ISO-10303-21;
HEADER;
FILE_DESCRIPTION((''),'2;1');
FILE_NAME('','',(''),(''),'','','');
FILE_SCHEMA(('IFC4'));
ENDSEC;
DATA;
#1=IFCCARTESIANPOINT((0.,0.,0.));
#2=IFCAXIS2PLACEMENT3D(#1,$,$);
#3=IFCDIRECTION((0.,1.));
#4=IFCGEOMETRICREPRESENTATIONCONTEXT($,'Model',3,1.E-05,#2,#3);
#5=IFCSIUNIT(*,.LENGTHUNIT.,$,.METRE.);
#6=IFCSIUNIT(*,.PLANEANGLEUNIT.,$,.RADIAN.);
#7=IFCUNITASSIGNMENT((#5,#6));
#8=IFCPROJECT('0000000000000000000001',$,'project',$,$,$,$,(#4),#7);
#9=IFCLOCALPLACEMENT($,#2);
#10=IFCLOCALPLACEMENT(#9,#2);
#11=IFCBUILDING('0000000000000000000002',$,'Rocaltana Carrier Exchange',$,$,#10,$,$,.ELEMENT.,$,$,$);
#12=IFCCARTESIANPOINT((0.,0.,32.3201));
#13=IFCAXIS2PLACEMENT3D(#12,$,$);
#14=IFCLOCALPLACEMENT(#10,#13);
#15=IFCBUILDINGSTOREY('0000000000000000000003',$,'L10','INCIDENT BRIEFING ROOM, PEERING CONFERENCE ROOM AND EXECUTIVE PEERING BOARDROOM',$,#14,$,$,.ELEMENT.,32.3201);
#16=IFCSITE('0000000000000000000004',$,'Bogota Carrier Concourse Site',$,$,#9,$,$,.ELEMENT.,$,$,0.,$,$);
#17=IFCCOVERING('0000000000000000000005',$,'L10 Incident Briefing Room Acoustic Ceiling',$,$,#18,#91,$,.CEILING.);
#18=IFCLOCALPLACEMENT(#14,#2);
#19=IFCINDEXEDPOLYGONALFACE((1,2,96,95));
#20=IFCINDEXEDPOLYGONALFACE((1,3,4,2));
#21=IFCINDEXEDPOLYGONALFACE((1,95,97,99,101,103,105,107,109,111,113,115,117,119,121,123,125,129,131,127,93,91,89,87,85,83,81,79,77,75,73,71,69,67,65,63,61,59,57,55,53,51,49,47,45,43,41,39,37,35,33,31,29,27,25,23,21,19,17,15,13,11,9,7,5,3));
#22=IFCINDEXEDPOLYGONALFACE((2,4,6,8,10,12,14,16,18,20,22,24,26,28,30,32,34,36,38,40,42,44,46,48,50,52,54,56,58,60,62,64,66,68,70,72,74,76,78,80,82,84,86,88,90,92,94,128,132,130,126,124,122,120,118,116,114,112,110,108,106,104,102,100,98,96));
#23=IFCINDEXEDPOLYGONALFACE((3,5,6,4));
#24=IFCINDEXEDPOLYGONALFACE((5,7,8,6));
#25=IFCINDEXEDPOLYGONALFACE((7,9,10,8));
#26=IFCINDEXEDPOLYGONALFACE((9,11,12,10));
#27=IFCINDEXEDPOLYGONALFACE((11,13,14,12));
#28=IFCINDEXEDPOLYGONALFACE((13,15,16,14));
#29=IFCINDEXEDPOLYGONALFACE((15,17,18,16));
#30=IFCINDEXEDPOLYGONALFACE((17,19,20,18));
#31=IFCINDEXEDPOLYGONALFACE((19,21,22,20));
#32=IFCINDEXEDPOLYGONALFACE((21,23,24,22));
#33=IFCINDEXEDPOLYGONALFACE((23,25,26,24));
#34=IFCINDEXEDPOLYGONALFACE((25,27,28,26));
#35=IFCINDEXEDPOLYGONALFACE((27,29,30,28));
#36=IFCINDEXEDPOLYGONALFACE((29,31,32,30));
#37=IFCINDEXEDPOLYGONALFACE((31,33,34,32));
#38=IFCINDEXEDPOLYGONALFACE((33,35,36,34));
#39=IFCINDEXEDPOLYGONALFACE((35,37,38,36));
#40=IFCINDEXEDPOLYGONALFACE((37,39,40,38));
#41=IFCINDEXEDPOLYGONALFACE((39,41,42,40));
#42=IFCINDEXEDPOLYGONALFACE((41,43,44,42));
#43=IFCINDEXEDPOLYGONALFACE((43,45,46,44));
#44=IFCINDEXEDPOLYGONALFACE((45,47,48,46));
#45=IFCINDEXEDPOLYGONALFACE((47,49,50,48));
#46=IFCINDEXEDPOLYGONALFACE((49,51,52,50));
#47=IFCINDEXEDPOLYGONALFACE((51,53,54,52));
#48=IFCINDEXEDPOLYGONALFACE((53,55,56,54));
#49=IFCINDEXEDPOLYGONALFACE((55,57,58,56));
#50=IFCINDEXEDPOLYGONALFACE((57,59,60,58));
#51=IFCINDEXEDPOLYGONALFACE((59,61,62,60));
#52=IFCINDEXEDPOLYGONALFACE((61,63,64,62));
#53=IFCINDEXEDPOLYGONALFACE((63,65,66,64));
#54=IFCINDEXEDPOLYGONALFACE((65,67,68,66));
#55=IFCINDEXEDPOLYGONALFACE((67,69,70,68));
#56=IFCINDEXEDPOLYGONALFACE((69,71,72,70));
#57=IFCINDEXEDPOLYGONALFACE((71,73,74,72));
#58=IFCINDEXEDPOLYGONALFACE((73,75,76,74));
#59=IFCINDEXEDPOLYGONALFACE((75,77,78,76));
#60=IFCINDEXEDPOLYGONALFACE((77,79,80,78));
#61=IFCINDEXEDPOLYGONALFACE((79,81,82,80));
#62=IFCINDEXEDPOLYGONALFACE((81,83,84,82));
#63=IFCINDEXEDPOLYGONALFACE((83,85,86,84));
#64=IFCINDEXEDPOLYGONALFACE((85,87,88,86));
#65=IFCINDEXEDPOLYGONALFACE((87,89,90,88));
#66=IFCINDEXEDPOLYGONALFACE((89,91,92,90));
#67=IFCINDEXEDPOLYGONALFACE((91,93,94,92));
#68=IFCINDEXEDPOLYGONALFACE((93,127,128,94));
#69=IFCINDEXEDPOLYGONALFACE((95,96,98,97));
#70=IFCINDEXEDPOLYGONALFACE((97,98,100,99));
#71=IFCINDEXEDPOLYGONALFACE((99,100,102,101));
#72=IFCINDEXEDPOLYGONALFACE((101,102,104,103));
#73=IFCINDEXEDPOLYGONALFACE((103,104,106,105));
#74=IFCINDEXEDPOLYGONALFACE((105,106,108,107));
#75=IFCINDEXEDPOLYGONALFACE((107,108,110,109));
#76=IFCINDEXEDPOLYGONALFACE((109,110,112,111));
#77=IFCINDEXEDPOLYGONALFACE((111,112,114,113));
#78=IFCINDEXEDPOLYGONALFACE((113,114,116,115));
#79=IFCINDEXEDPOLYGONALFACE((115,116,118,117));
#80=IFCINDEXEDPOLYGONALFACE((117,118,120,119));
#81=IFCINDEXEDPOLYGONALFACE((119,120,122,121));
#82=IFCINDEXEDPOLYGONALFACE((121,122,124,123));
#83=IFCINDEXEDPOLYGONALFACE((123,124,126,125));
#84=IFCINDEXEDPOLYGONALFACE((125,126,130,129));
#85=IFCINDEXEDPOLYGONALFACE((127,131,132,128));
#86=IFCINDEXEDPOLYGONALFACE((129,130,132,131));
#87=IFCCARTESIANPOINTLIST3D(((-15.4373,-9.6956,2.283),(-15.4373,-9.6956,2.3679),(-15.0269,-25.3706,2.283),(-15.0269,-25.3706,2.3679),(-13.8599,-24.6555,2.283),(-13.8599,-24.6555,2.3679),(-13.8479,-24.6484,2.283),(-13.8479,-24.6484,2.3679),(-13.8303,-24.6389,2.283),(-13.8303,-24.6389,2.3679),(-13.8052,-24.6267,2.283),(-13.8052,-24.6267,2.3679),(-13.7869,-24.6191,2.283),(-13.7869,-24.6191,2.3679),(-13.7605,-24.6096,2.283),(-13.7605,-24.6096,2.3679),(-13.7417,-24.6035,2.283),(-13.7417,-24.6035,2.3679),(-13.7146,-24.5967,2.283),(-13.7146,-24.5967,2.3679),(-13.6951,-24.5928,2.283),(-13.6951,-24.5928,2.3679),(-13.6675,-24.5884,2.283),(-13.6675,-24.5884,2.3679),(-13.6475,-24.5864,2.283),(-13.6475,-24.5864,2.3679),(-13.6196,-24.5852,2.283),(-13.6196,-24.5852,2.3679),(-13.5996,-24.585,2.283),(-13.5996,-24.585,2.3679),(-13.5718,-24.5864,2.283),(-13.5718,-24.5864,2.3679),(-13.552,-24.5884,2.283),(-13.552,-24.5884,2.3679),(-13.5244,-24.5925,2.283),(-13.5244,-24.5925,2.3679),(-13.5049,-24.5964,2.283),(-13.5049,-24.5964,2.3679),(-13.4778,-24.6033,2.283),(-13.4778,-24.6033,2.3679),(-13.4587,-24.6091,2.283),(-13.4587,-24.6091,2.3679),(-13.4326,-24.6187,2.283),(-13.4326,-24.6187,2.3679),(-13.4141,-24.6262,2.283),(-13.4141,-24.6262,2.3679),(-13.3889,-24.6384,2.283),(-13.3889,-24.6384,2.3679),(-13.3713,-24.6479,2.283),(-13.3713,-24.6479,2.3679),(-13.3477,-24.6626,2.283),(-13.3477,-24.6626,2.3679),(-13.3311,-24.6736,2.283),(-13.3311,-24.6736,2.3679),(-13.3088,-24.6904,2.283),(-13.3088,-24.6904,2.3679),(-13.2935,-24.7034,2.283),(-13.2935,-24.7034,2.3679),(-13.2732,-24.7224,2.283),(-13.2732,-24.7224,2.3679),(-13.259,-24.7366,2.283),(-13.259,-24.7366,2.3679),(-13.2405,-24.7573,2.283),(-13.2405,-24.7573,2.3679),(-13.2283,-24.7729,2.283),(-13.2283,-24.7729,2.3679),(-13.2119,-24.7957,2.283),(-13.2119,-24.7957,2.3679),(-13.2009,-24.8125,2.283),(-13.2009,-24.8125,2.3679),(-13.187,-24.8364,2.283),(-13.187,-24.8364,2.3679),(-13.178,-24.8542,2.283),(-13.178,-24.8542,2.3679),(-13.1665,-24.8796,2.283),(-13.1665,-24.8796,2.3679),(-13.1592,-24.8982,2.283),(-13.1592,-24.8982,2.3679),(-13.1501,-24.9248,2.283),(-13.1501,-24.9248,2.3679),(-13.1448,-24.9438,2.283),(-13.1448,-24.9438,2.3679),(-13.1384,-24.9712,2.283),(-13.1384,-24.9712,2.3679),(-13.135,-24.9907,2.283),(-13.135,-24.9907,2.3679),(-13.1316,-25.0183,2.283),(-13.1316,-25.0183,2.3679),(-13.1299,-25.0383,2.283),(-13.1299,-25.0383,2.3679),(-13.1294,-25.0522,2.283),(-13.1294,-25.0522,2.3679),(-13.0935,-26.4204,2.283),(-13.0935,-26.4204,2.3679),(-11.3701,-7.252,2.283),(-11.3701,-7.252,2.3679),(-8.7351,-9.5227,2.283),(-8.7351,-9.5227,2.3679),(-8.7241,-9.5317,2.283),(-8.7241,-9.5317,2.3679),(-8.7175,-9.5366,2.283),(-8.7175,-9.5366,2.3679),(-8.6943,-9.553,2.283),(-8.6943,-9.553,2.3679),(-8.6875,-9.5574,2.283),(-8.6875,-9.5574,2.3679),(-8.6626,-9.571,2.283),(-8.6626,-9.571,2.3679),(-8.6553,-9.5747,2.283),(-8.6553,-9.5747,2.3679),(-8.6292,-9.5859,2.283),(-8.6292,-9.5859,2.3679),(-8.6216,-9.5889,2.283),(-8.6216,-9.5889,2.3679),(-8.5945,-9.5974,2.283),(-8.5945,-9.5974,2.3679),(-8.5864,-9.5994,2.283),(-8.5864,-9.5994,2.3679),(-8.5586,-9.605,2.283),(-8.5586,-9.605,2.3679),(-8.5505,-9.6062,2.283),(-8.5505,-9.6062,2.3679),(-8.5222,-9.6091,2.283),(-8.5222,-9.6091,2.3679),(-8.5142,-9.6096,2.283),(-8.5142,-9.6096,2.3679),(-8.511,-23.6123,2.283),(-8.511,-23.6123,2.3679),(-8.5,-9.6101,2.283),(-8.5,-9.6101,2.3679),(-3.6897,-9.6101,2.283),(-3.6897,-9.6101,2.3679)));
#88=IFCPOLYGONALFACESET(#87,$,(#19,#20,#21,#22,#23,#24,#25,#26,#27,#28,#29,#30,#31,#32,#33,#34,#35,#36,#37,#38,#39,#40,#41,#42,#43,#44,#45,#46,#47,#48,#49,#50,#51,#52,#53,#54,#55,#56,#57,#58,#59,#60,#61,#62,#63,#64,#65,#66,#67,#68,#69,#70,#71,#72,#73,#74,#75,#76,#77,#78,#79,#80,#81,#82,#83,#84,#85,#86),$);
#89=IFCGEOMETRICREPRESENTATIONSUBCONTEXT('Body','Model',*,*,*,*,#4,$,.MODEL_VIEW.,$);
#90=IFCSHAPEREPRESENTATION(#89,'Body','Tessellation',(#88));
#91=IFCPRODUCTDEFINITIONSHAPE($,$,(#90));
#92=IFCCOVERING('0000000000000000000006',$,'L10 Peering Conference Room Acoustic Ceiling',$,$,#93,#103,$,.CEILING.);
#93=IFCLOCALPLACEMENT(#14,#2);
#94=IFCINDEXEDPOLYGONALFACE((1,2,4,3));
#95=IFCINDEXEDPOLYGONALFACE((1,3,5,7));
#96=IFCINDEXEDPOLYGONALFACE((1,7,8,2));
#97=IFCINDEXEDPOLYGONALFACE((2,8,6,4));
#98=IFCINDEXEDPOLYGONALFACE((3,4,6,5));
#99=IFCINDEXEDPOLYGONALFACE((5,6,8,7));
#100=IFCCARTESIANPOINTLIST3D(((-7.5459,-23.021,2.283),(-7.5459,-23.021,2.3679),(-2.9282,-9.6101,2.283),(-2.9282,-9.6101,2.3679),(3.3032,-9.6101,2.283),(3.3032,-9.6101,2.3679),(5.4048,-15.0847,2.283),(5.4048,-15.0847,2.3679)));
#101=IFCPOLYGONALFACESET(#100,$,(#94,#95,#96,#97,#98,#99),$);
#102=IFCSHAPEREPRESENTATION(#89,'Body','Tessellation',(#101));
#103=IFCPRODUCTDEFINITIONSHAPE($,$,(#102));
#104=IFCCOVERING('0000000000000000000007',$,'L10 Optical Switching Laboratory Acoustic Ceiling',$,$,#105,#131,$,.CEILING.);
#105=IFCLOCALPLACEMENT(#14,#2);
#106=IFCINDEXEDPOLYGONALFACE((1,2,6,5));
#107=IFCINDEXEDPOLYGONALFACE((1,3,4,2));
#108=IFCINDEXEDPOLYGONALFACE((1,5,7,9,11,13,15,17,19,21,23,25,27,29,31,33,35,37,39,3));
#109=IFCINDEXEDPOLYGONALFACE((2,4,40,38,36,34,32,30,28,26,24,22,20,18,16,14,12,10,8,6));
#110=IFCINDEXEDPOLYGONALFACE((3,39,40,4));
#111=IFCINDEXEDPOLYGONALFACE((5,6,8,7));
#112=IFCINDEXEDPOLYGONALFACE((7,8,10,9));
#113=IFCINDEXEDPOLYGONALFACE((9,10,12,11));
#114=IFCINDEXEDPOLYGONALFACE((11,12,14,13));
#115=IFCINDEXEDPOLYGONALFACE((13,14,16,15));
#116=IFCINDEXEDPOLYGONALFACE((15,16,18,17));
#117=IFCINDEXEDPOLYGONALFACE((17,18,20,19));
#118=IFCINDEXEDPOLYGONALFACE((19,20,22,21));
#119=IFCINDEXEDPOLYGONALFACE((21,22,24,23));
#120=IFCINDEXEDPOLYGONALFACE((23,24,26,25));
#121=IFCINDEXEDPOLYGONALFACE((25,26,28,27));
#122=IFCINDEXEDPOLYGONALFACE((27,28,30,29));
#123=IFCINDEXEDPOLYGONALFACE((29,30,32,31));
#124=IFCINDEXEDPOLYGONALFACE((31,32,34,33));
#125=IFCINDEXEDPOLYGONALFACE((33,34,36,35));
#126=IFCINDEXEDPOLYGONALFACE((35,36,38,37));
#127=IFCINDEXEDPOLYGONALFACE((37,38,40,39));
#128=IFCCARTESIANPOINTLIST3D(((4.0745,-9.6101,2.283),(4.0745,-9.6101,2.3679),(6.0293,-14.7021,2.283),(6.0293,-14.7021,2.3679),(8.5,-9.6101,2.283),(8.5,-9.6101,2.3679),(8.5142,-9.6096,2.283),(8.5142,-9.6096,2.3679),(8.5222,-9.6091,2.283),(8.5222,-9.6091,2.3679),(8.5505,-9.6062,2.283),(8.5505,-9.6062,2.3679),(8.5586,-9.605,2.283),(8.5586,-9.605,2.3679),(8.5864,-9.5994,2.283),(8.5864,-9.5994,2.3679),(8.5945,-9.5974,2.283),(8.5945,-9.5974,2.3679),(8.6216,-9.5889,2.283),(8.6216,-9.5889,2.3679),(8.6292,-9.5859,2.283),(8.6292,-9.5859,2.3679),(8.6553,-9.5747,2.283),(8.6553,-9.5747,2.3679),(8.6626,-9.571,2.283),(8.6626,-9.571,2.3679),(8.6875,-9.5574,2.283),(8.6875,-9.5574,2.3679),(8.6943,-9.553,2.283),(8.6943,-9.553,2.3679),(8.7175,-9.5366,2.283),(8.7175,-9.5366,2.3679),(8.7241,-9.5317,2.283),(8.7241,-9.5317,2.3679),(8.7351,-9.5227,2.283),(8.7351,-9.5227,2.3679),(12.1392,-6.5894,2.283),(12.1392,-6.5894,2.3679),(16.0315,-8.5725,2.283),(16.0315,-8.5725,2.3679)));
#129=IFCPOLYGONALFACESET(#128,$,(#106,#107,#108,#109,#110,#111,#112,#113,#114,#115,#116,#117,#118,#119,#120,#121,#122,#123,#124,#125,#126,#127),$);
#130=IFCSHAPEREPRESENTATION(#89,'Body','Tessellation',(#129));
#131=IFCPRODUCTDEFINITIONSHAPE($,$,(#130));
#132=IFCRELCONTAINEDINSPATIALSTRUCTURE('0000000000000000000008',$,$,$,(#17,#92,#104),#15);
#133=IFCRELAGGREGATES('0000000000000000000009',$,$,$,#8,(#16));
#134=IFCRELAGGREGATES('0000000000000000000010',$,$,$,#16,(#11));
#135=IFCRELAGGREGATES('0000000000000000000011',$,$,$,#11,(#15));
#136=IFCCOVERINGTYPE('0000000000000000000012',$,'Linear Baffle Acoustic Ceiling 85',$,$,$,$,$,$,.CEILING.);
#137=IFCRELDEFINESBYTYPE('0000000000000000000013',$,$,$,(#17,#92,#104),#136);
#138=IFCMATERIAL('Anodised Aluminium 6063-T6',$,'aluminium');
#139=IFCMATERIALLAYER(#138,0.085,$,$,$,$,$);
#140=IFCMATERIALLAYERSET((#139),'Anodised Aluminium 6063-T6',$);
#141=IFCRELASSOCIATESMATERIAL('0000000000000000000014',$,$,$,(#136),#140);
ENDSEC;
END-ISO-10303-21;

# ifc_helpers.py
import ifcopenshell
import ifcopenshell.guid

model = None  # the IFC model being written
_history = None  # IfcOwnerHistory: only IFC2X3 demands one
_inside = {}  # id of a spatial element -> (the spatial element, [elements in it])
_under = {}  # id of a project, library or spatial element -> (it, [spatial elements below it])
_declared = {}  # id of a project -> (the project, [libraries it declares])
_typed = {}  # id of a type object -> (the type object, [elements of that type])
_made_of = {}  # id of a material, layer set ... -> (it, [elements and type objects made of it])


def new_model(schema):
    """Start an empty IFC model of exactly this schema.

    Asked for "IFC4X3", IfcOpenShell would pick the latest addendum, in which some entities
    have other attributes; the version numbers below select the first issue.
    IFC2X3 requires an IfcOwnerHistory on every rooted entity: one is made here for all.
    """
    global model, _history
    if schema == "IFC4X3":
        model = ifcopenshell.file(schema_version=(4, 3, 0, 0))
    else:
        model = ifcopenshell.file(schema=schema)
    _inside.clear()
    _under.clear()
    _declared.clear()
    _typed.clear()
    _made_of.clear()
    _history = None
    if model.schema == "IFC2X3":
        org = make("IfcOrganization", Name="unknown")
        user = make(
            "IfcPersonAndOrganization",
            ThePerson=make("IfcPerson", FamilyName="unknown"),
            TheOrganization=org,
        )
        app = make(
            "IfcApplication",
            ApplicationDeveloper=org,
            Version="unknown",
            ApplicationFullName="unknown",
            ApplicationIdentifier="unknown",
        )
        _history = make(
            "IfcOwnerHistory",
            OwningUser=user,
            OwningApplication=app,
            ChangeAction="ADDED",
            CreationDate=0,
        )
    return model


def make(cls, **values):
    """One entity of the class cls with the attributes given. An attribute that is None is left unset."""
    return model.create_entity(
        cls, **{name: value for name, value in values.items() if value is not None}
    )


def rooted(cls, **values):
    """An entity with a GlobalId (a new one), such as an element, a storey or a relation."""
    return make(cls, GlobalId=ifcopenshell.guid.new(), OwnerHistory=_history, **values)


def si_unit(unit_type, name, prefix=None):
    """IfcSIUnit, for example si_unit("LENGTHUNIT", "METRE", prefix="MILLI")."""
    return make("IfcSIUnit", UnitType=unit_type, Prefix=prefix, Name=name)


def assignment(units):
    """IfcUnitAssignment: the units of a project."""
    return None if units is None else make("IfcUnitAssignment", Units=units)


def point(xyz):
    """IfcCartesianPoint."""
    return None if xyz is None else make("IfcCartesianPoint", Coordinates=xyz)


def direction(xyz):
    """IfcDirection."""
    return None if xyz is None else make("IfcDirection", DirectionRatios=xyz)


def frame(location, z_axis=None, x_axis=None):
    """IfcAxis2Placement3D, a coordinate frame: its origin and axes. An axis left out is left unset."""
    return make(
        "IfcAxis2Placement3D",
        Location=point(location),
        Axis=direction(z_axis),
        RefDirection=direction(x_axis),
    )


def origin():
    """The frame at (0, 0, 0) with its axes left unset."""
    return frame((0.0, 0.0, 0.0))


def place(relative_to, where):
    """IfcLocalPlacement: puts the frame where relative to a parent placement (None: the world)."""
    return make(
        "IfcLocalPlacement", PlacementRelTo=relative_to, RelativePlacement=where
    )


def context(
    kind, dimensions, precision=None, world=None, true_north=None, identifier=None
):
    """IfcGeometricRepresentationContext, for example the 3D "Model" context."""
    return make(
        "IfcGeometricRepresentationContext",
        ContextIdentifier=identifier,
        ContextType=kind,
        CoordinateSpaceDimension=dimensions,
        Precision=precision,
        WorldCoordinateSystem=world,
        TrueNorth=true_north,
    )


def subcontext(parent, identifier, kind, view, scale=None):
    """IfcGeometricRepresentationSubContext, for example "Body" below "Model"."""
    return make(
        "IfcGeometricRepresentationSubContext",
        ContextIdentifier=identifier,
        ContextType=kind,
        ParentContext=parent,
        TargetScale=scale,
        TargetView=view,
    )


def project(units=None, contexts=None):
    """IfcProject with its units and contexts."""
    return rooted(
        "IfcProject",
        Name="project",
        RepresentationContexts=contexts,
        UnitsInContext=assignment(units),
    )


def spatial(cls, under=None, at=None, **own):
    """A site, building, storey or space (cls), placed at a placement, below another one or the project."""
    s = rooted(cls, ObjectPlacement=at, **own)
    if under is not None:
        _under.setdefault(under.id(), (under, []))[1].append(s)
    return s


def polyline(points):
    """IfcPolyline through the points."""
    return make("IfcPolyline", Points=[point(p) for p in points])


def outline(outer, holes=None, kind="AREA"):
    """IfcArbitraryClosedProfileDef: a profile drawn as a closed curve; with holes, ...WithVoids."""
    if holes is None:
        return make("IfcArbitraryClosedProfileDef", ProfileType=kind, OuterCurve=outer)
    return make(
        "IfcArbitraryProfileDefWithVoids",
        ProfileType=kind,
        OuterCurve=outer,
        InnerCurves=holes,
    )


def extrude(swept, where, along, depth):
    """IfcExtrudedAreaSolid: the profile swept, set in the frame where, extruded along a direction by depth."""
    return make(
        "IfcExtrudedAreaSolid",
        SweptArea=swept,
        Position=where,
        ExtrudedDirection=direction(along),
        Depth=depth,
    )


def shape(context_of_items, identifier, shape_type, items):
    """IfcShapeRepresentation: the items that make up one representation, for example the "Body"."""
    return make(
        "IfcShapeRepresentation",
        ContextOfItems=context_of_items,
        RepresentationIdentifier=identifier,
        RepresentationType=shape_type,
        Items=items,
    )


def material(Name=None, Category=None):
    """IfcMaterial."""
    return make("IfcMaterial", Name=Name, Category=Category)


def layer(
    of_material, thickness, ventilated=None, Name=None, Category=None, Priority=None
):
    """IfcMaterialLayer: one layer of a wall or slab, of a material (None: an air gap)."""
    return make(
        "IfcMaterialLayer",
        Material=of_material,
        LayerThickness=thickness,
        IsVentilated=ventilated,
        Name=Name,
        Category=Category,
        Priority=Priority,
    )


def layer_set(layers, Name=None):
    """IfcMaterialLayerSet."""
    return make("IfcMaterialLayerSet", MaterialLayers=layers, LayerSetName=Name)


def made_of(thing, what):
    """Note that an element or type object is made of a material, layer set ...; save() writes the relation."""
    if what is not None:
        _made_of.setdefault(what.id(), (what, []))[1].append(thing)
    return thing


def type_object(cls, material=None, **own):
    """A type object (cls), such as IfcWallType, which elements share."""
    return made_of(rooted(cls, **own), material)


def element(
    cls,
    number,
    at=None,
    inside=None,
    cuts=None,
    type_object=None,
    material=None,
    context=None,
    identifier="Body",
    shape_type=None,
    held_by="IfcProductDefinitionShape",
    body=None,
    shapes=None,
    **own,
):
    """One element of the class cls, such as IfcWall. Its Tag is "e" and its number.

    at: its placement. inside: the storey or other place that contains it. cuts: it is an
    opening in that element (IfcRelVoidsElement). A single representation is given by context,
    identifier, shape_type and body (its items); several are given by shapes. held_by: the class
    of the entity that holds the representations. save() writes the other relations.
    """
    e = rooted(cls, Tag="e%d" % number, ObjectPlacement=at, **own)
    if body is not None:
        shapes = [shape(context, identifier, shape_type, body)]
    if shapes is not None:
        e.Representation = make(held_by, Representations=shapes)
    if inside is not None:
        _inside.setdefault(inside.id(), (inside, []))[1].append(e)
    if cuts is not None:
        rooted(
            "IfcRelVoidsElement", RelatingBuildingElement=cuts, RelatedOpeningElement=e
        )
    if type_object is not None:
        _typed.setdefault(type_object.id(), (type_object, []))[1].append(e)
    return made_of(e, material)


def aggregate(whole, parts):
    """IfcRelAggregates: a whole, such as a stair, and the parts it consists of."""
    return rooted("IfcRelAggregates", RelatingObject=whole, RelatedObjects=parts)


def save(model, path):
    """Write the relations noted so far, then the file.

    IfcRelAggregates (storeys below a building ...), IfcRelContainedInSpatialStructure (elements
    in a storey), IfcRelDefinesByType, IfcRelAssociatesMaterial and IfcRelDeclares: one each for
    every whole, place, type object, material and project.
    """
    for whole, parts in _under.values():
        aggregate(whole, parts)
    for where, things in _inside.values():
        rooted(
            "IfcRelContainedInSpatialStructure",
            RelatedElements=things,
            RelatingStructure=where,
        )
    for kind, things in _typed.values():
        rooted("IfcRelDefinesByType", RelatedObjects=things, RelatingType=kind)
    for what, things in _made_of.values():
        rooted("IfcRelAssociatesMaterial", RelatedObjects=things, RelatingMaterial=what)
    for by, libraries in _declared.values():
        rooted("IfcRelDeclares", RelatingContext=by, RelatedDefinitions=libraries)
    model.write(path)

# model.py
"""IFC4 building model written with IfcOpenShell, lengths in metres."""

from ifc_helpers import new_model, si_unit, direction, frame, origin, place, context, subcontext, project, spatial, polyline, outline, extrude, material, layer, layer_set, type_object, element, save


model = new_model("IFC4")

# Units and contexts
model_context = context("Model", 3, precision=1e-05, world=origin(), true_north=direction((0.0, 1.0)))
body_context = subcontext(model_context, "Body", "Model", "MODEL_VIEW")
ifc_project = project(units=[si_unit("LENGTHUNIT", "METRE"), si_unit("PLANEANGLEUNIT", "RADIAN")], contexts=[model_context])

# Site, building, storey
site_placement = place(None, origin())
site = spatial("IfcSite", under=ifc_project, at=site_placement, Name="Bogota Carrier Concourse Site", CompositionType="ELEMENT", RefElevation=0.0)
building_placement = place(site_placement, origin())
building = spatial("IfcBuilding", under=site, at=building_placement, Name="Rocaltana Carrier Exchange", CompositionType="ELEMENT")
storey_placement = place(building_placement, frame((0.0, 0.0, 32.3201)))
storey = spatial("IfcBuildingStorey", under=building, at=storey_placement, Name="L10", Description="INCIDENT BRIEFING ROOM, PEERING CONFERENCE ROOM AND EXECUTIVE PEERING BOARDROOM", CompositionType="ELEMENT", Elevation=32.3201)

# Coverings
ifc_material_1 = material(Name="Anodised Aluminium 6063-T6", Category="aluminium")
ifc_layer_1 = layer(ifc_material_1, 0.085)
ifc_layer_set_1 = layer_set([ifc_layer_1], Name="Anodised Aluminium 6063-T6")
covering_type_1 = type_object("IfcCoveringType", Name="Linear Baffle Acoustic Ceiling 85", PredefinedType="CEILING", material=ifc_layer_set_1)
covering_1_placement = place(storey_placement, frame((0.0, 0.0, 2.283)))
element("IfcCovering", 1, at=covering_1_placement, inside=storey, type_object=covering_type_1, Name="L10 Incident Briefing Room Acoustic Ceiling", PredefinedType="CEILING", context=body_context, shape_type="SweptSolid", body=[
    extrude(outline(polyline([(-13.1294, -25.0522), (-13.1299, -25.0383), (-13.1316, -25.0183), (-13.135, -24.9907), (-13.1384, -24.9712), (-13.1448, -24.9438), (-13.1501, -24.9248), (-13.1592, -24.8982), (-13.1665, -24.8796), (-13.178, -24.8542), (-13.187, -24.8364), (-13.2009, -24.8125), (-13.2119, -24.7957), (-13.2283, -24.7729), (-13.2405, -24.7573), (-13.259, -24.7366), (-13.2732, -24.7224), (-13.2935, -24.7034), (-13.3088, -24.6904), (-13.3311, -24.6736), (-13.3477, -24.6626), (-13.3713, -24.6479), (-13.3889, -24.6384), (-13.4141, -24.6262), (-13.4326, -24.6187), (-13.4587, -24.6091), (-13.4778, -24.6033), (-13.5049, -24.5964), (-13.5244, -24.5925), (-13.552, -24.5884), (-13.5718, -24.5864), (-13.5996, -24.585), (-13.6196, -24.5852), (-13.6475, -24.5864), (-13.6675, -24.5884), (-13.6951, -24.5928), (-13.7146, -24.5967), (-13.7417, -24.6035), (-13.7605, -24.6096), (-13.7869, -24.6191), (-13.8052, -24.6267), (-13.8303, -24.6389), (-13.8479, -24.6484), (-13.8599, -24.6555), (-15.0269, -25.3706), (-15.4373, -9.6956), (-11.3701, -7.252), (-8.7351, -9.5227), (-8.7241, -9.5317), (-8.7175, -9.5366), (-8.6943, -9.553), (-8.6875, -9.5574), (-8.6626, -9.571), (-8.6553, -9.5747), (-8.6292, -9.5859), (-8.6216, -9.5889), (-8.5945, -9.5974), (-8.5864, -9.5994), (-8.5586, -9.605), (-8.5505, -9.6062), (-8.5222, -9.6091), (-8.5142, -9.6096), (-8.5, -9.6101), (-3.6897, -9.6101), (-8.511, -23.6123), (-13.0935, -26.4204), (-13.1294, -25.0522)])), origin(), (0.0, 0.0, 1.0), 0.085),
])
covering_2_placement = place(storey_placement, frame((0.0, 0.0, 2.283)))
element("IfcCovering", 2, at=covering_2_placement, inside=storey, type_object=covering_type_1, Name="L10 Peering Conference Room Acoustic Ceiling", PredefinedType="CEILING", context=body_context, shape_type="SweptSolid", body=[
    extrude(outline(polyline([(-7.5459, -23.021), (-2.9282, -9.6101), (3.3032, -9.6101), (5.4048, -15.0847), (-7.5459, -23.021)])), origin(), (0.0, 0.0, 1.0), 0.085),
])
covering_3_placement = place(storey_placement, frame((0.0, 0.0, 2.283)))
element("IfcCovering", 3, at=covering_3_placement, inside=storey, type_object=covering_type_1, Name="L10 Optical Switching Laboratory Acoustic Ceiling", PredefinedType="CEILING", context=body_context, shape_type="SweptSolid", body=[
    extrude(outline(polyline([(6.0293, -14.7021), (4.0745, -9.6101), (8.5, -9.6101), (8.5142, -9.6096), (8.5222, -9.6091), (8.5505, -9.6062), (8.5586, -9.605), (8.5864, -9.5994), (8.5945, -9.5974), (8.6216, -9.5889), (8.6292, -9.5859), (8.6553, -9.5747), (8.6626, -9.571), (8.6875, -9.5574), (8.6943, -9.553), (8.7175, -9.5366), (8.7241, -9.5317), (8.7351, -9.5227), (12.1392, -6.5894), (16.0315, -8.5725), (6.0293, -14.7021)])), origin(), (0.0, 0.0, 1.0), 0.085),
])

save(model, "model.ifc")
